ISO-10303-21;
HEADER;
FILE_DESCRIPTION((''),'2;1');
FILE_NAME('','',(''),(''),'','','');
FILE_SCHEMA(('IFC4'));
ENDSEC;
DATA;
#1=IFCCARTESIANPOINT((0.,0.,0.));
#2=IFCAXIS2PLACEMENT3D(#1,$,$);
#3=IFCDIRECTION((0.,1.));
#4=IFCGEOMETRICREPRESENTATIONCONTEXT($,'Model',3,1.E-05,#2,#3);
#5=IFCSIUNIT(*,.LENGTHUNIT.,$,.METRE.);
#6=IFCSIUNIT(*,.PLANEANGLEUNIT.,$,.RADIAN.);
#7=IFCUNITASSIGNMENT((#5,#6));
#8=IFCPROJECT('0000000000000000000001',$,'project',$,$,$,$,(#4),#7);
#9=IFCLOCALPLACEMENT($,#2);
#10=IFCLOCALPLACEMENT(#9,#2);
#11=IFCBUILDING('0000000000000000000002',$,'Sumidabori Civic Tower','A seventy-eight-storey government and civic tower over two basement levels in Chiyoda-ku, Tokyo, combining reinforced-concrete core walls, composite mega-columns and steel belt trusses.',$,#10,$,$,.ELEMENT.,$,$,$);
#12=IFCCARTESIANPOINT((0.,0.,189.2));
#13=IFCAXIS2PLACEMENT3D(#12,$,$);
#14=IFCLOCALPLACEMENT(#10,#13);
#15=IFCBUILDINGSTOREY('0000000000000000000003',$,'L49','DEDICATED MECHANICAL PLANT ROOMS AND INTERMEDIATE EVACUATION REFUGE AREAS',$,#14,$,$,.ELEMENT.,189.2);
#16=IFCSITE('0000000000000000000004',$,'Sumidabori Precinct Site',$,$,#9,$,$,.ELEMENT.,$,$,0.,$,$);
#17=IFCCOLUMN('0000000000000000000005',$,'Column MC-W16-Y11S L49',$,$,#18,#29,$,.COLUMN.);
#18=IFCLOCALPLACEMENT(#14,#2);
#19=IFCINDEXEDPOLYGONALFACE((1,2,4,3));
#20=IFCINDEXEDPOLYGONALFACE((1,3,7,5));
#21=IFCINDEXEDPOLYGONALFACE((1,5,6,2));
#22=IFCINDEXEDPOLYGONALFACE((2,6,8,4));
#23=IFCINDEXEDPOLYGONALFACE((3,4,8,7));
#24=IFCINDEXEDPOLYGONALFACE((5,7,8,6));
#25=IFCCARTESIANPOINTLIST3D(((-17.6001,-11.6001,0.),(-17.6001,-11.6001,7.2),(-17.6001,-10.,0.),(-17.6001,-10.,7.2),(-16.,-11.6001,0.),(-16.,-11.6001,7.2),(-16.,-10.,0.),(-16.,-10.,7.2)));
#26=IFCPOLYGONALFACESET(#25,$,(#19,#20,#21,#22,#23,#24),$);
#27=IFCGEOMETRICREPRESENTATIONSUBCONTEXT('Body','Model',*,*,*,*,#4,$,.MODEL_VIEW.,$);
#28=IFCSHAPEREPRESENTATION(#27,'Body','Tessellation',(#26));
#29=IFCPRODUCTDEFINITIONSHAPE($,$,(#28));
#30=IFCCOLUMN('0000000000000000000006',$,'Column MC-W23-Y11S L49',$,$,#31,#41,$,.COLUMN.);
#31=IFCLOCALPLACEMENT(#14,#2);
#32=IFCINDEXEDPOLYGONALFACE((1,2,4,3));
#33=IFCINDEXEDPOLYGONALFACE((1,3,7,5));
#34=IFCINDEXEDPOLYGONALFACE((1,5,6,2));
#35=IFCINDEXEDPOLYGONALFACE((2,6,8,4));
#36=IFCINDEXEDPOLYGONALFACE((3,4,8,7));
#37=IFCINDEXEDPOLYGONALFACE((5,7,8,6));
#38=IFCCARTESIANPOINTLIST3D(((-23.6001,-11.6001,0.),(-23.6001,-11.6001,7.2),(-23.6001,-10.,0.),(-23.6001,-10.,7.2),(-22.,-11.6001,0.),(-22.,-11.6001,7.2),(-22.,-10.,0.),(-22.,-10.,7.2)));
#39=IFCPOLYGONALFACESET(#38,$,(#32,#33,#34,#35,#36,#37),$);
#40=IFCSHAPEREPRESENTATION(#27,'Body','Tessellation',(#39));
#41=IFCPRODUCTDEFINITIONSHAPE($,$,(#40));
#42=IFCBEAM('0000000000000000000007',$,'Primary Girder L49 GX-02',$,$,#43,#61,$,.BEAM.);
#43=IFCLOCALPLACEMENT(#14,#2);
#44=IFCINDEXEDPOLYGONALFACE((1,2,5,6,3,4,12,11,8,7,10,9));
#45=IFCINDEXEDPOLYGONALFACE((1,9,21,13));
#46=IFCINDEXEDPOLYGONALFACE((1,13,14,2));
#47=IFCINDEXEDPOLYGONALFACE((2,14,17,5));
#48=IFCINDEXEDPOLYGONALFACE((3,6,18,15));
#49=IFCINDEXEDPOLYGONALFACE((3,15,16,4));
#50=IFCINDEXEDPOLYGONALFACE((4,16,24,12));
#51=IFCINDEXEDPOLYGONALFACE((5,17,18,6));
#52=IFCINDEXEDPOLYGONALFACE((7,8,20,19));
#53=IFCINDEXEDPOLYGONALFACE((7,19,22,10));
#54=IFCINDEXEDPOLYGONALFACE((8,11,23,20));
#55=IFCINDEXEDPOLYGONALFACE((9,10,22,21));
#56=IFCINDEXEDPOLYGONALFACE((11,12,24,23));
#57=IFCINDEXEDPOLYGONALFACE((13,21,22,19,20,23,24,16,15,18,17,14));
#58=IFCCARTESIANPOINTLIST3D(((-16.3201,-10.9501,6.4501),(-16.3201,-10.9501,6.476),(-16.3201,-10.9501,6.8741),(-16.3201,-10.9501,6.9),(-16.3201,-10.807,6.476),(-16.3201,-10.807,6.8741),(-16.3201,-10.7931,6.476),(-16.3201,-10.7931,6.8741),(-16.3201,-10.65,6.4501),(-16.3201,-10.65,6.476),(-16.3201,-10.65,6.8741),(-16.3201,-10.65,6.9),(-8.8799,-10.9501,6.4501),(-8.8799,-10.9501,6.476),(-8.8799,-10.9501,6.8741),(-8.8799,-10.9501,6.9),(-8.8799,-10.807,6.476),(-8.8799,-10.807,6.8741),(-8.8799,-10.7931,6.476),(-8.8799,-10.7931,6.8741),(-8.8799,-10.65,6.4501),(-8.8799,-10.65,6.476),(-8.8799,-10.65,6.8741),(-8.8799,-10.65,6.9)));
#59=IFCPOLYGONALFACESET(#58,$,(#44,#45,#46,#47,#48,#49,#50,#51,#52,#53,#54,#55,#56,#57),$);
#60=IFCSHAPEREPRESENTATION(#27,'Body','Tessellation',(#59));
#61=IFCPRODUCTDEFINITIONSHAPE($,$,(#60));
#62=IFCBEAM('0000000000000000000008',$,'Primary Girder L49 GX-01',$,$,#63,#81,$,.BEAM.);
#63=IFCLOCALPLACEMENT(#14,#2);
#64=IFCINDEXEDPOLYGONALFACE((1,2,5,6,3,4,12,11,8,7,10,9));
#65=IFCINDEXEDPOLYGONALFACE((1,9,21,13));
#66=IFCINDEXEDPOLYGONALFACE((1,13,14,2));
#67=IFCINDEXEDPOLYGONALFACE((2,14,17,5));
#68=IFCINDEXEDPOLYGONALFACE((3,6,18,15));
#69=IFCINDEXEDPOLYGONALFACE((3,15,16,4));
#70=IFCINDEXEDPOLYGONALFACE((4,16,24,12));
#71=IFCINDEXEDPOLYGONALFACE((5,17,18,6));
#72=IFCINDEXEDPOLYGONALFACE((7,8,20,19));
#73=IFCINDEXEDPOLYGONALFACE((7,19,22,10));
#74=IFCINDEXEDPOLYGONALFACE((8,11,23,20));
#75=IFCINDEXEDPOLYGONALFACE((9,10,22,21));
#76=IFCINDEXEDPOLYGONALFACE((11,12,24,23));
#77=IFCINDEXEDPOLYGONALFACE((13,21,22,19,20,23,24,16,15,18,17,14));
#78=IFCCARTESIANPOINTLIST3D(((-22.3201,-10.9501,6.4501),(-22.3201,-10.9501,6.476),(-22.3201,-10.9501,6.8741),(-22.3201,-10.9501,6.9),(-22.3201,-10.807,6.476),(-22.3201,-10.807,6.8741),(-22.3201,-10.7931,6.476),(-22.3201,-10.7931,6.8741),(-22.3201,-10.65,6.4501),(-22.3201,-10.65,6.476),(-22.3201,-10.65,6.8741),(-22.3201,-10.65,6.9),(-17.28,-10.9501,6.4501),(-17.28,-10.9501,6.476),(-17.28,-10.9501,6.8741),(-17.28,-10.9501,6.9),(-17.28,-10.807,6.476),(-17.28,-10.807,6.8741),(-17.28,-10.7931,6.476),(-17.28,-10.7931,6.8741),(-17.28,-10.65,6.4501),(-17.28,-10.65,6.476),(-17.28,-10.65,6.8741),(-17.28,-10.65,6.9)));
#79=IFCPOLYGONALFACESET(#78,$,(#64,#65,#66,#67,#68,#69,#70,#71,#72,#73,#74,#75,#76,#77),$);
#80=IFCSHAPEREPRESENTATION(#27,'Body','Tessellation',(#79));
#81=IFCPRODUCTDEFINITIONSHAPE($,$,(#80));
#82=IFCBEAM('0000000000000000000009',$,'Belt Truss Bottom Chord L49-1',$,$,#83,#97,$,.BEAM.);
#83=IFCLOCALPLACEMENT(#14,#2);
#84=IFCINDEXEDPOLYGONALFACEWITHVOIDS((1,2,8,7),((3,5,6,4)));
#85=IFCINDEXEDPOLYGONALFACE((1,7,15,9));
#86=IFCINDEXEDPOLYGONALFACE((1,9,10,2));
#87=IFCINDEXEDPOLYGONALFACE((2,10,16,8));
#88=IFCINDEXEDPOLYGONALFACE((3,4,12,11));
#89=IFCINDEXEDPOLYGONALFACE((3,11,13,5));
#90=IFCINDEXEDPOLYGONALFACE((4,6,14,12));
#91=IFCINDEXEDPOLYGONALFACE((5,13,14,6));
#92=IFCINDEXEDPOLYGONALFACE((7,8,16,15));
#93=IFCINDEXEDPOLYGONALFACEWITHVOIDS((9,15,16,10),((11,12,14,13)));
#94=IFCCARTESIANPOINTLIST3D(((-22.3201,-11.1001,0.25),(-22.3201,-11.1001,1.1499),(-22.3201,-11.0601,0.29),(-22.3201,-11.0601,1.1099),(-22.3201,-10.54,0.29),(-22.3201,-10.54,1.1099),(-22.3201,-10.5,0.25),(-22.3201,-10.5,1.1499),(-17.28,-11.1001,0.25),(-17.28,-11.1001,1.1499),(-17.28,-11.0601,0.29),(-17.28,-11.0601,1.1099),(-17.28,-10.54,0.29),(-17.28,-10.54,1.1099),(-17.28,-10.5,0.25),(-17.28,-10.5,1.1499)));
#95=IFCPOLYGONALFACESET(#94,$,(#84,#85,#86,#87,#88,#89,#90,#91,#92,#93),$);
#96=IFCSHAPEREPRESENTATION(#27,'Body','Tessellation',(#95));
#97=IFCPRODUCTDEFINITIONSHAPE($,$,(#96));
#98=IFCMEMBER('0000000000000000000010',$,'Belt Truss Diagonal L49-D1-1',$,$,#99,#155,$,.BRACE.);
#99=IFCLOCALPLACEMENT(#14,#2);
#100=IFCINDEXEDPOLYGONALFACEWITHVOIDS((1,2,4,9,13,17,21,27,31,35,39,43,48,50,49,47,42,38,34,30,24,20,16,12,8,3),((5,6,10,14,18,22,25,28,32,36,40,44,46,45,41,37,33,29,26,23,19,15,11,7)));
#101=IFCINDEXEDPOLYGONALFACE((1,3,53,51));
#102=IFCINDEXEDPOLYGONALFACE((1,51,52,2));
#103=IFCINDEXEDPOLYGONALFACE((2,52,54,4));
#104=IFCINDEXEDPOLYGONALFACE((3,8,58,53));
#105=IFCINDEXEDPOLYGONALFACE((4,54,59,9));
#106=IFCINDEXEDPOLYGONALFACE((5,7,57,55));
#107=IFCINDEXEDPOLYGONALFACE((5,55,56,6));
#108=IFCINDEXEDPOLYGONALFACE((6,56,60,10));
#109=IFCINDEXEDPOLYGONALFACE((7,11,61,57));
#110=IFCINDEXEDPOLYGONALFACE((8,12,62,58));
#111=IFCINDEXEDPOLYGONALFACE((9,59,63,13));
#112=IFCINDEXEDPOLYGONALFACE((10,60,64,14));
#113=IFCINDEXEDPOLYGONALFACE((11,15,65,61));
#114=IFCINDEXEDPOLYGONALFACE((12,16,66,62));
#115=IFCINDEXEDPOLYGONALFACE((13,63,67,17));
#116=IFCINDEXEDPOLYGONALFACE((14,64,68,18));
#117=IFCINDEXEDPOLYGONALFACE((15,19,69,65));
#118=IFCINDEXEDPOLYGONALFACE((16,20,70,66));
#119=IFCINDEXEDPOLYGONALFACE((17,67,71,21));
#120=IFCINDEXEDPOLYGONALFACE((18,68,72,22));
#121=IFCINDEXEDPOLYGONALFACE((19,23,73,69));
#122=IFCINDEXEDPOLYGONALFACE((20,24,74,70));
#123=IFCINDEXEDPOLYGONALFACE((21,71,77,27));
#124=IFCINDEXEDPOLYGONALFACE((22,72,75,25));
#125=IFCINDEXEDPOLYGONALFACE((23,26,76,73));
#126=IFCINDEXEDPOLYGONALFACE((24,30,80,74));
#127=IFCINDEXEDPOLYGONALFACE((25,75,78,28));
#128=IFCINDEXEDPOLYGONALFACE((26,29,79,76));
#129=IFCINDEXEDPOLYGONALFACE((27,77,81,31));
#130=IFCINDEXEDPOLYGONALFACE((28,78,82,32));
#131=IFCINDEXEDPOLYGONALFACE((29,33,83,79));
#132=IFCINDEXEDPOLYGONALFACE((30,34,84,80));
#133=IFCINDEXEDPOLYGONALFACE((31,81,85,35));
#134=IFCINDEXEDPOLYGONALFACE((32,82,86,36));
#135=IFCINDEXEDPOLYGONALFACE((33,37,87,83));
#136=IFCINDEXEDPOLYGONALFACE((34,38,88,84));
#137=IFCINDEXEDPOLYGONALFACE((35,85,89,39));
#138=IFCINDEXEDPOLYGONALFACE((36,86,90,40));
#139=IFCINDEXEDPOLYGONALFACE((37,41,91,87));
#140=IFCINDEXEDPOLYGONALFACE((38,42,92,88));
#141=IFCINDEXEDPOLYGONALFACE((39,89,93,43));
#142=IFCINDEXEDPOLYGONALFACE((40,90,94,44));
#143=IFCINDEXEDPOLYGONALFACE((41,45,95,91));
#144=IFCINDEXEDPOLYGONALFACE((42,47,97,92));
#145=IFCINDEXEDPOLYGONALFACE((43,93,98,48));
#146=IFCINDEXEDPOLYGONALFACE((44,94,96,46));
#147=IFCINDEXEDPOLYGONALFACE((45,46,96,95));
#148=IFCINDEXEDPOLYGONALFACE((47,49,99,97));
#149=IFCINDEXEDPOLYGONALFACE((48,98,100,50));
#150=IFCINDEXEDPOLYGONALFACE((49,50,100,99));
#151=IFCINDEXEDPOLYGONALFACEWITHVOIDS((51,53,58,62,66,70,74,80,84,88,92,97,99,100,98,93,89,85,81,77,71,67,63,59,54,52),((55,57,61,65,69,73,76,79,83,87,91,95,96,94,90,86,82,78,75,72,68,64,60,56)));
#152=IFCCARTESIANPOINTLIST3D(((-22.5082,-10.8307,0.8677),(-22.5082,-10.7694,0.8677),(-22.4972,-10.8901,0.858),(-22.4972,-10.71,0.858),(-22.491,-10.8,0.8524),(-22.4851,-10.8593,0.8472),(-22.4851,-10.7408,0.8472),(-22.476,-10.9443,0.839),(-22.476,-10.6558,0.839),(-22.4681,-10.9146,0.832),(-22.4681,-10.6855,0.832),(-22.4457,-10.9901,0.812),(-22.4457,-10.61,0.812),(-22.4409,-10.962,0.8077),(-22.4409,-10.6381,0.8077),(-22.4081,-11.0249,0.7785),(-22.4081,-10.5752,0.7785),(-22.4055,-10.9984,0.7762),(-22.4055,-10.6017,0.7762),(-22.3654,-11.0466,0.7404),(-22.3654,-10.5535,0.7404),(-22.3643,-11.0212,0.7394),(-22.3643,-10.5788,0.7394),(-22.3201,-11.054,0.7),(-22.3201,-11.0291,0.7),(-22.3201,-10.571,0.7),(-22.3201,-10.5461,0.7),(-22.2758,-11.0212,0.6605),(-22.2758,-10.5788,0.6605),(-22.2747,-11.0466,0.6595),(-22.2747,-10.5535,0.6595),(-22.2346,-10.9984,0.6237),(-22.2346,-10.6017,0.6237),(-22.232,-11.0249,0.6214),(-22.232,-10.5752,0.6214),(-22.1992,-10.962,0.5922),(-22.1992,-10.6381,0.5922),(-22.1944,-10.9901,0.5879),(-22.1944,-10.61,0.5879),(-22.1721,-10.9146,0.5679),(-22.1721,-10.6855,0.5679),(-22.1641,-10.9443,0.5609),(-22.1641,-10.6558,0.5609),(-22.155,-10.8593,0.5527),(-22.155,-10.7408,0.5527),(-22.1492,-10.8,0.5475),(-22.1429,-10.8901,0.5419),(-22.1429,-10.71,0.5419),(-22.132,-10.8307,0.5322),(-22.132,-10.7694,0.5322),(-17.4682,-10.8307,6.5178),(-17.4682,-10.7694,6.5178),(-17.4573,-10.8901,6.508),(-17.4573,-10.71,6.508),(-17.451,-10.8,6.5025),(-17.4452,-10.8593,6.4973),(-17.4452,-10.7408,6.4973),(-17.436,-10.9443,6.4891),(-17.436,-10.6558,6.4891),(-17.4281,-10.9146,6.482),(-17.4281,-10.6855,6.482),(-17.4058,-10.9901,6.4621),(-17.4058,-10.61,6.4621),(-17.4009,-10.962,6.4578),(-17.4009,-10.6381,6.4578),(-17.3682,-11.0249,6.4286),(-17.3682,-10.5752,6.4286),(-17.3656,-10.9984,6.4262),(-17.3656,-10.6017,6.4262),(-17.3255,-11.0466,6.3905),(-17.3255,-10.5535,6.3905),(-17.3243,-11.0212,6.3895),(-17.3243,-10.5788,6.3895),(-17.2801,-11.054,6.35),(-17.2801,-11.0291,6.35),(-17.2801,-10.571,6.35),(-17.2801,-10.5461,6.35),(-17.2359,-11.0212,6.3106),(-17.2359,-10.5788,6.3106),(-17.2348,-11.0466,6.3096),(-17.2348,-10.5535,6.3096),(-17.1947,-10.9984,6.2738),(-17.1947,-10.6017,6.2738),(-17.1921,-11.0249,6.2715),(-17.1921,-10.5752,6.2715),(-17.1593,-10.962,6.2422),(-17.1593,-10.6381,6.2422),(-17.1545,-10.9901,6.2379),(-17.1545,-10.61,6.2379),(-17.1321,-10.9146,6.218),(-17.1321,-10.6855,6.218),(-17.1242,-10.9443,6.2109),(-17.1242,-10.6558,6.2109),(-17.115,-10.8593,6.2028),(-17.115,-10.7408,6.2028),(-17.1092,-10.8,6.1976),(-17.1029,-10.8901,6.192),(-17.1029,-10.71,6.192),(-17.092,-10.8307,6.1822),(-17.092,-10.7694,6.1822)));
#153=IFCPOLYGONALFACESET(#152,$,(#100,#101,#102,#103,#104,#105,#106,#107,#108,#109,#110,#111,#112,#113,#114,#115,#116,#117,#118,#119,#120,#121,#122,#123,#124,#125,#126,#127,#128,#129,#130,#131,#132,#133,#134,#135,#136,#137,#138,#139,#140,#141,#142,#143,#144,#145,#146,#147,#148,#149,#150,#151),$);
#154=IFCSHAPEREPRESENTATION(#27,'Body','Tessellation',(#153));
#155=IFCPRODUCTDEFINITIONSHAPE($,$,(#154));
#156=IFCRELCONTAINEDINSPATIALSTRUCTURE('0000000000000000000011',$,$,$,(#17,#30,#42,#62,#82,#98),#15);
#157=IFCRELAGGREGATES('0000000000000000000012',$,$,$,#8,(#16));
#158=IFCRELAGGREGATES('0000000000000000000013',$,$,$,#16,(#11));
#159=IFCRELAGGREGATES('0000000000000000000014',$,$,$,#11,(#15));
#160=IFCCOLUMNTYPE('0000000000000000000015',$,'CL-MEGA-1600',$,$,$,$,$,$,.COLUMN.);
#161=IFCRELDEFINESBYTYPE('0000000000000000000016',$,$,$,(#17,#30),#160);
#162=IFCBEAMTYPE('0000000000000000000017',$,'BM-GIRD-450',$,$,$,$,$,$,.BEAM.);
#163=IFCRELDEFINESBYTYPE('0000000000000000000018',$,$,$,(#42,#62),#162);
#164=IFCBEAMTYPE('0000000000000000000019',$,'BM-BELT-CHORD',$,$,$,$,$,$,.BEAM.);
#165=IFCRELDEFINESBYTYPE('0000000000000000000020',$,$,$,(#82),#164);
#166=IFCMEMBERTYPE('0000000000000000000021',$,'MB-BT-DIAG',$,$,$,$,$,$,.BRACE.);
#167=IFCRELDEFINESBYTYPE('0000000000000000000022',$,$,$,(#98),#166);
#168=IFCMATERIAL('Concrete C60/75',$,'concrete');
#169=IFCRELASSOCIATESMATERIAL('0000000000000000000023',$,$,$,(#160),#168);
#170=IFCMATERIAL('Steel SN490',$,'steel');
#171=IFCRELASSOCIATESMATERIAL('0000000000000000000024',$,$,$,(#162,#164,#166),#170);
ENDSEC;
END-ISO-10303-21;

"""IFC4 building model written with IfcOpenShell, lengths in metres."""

from ifc_helpers import new_model, si_unit, direction, frame, origin, origin_2d, place, context, subcontext, project, spatial, rectangle, hollow_rectangle, hollow_circle, i_section, extrude, source, transform, mapped, material, material_profile, profile_set, type_object, element, save


model = new_model("IFC4")

# Units and contexts
model_context = context("Model", 3, precision=1e-05, world=origin(), true_north=direction((0.0, 1.0)))
body_context = subcontext(model_context, "Body", "Model", "MODEL_VIEW")
ifc_project = project(units=[si_unit("LENGTHUNIT", "METRE"), si_unit("PLANEANGLEUNIT", "RADIAN")], contexts=[model_context])

# Site, building, storey
site_placement = place(None, origin())
site = spatial("IfcSite", under=ifc_project, at=site_placement, Name="Sumidabori Precinct Site", CompositionType="ELEMENT", RefElevation=0.0)
building_placement = place(site_placement, origin())
building = spatial("IfcBuilding", under=site, at=building_placement, Name="Sumidabori Civic Tower", Description="A seventy-eight-storey government and civic tower over two basement levels in Chiyoda-ku, Tokyo, combining reinforced-concrete core walls, composite mega-columns and steel belt trusses.", CompositionType="ELEMENT")
storey_placement = place(building_placement, frame((0.0, 0.0, 189.2)))
storey = spatial("IfcBuildingStorey", under=building, at=storey_placement, Name="L49", Description="DEDICATED MECHANICAL PLANT ROOMS AND INTERMEDIATE EVACUATION REFUGE AREAS", CompositionType="ELEMENT", Elevation=189.2)

# Columns
ifc_material_1 = material(Name="Concrete C60/75", Category="concrete")
ifc_material_profile_1 = material_profile(ifc_material_1, rectangle(XDim=1.6001, YDim=1.6001, at=origin_2d()), Name="RC 1600x1600")
ifc_profile_set_1 = profile_set([ifc_material_profile_1], Name="Concrete C60/75")
column_type = type_object("IfcColumnType", Name="CL-MEGA-1600", PredefinedType="COLUMN", material=ifc_profile_set_1)
shared_shape_1 = source(origin(), body_context, "Body", "SweptSolid", [
    extrude(rectangle(XDim=1.6001, YDim=1.6001, at=origin_2d()), origin(), (0.0, 0.0, 1.0), 7.2),
])
for number, where, z_axis, x_axis, name in (
    (1, (-16.8, -10.8, 0.0), (0.0, 0.0, 1.0), (1.0, 0.0, 0.0), "Column MC-W16-Y11S L49"),
    (2, (-22.8, -10.8, 0.0), (0.0, 0.0, 1.0), (1.0, 0.0, 0.0), "Column MC-W23-Y11S L49"),
):
    element("IfcColumn", number, at=place(storey_placement, frame(where, z_axis=z_axis, x_axis=x_axis)), inside=storey, type_object=column_type, Name=name, PredefinedType="COLUMN", context=body_context, shape_type="MappedRepresentation", body=[
        mapped(shared_shape_1, transform((0.0, 0.0, 0.0), x_axis=(1.0, 0.0, 0.0), y_axis=(0.0, 1.0, 0.0), z_axis=(0.0, 0.0, 1.0), scale=1.0)),
    ])

# Beams
ifc_material_2 = material(Name="Steel SN490", Category="steel")
ifc_material_profile_2 = material_profile(ifc_material_2, i_section(OverallWidth=0.3, OverallDepth=0.45, WebThickness=0.0139, FlangeThickness=0.0259, at=origin_2d()), Name="HE 450 B")
ifc_profile_set_2 = profile_set([ifc_material_profile_2], Name="Steel SN490")
beam_type_1 = type_object("IfcBeamType", Name="BM-GIRD-450", PredefinedType="BEAM", material=ifc_profile_set_2)
shared_shape_2 = source(origin(), body_context, "Body", "SweptSolid", [
    extrude(i_section(OverallWidth=0.3, OverallDepth=0.45, WebThickness=0.0139, FlangeThickness=0.0259, at=origin_2d()), origin(), (0.0, 0.0, 1.0), 7.4402),
])
beam_1_placement = place(storey_placement, frame((-16.3201, -10.8, 6.675), z_axis=(1.0, 0.0, 0.0), x_axis=(0.0, 1.0, 0.0)))
element("IfcBeam", 3, at=beam_1_placement, inside=storey, type_object=beam_type_1, Name="Primary Girder L49 GX-02", PredefinedType="BEAM", context=body_context, shape_type="MappedRepresentation", body=[
    mapped(shared_shape_2, transform((0.0, 0.0, 0.0), x_axis=(1.0, 0.0, 0.0), y_axis=(0.0, 1.0, 0.0), z_axis=(0.0, 0.0, 1.0), scale=1.0)),
])
shared_shape_3 = source(origin(), body_context, "Body", "SweptSolid", [
    extrude(i_section(OverallWidth=0.3, OverallDepth=0.45, WebThickness=0.0139, FlangeThickness=0.0259, at=origin_2d()), origin(), (0.0, 0.0, 1.0), 5.04),
])
beam_2_placement = place(storey_placement, frame((-22.3201, -10.8, 6.675), z_axis=(1.0, 0.0, 0.0), x_axis=(0.0, 1.0, 0.0)))
element("IfcBeam", 4, at=beam_2_placement, inside=storey, type_object=beam_type_1, Name="Primary Girder L49 GX-01", PredefinedType="BEAM", context=body_context, shape_type="MappedRepresentation", body=[
    mapped(shared_shape_3, transform((0.0, 0.0, 0.0), x_axis=(1.0, 0.0, 0.0), y_axis=(0.0, 1.0, 0.0), z_axis=(0.0, 0.0, 1.0), scale=1.0)),
])
ifc_material_profile_3 = material_profile(ifc_material_2, hollow_rectangle(XDim=0.6001, YDim=0.8999, WallThickness=0.04, at=origin_2d()), Name="RHS 900x600x40")
ifc_profile_set_3 = profile_set([ifc_material_profile_3], Name="Steel SN490")
beam_type_2 = type_object("IfcBeamType", Name="BM-BELT-CHORD", PredefinedType="BEAM", material=ifc_profile_set_3)
shared_shape_4 = source(origin(), body_context, "Body", "SweptSolid", [
    extrude(hollow_rectangle(XDim=0.6001, YDim=0.8999, WallThickness=0.04, at=origin_2d()), origin(), (0.0, 0.0, 1.0), 5.04),
])
beam_3_placement = place(storey_placement, frame((-22.3201, -10.8, 0.7), z_axis=(1.0, 0.0, 0.0), x_axis=(0.0, 1.0, 0.0)))
element("IfcBeam", 5, at=beam_3_placement, inside=storey, type_object=beam_type_2, Name="Belt Truss Bottom Chord L49-1", PredefinedType="BEAM", context=body_context, shape_type="MappedRepresentation", body=[
    mapped(shared_shape_4, transform((0.0, 0.0, 0.0), x_axis=(1.0, 0.0, 0.0), y_axis=(0.0, 1.0, 0.0), z_axis=(0.0, 0.0, 1.0), scale=1.0)),
])

# Member
ifc_material_profile_4 = material_profile(ifc_material_2, hollow_circle(Radius=0.2539, WallThickness=0.0249, at=origin_2d()), Name="CHS 508x25")
ifc_profile_set_4 = profile_set([ifc_material_profile_4], Name="Steel SN490")
member_type = type_object("IfcMemberType", Name="MB-BT-DIAG", PredefinedType="BRACE", material=ifc_profile_set_4)
shared_shape_5 = source(origin(), body_context, "Body", "SweptSolid", [
    extrude(hollow_circle(Radius=0.2539, WallThickness=0.0249, at=origin_2d()), origin(), (0.0, 0.0, 1.0), 7.5713),
])
member_1_placement = place(storey_placement, frame((-22.3201, -10.8, 0.7), z_axis=(0.665668, 0.0, 0.746248), x_axis=(0.0, 1.0, 0.0)))
element("IfcMember", 6, at=member_1_placement, inside=storey, type_object=member_type, Name="Belt Truss Diagonal L49-D1-1", PredefinedType="BRACE", context=body_context, shape_type="MappedRepresentation", body=[
    mapped(shared_shape_5, transform((0.0, 0.0, 0.0), x_axis=(1.0, 0.0, 0.0), y_axis=(0.0, 1.0, 0.0), z_axis=(0.0, 0.0, 1.0), scale=1.0)),
])

save(model, "model.ifc")
